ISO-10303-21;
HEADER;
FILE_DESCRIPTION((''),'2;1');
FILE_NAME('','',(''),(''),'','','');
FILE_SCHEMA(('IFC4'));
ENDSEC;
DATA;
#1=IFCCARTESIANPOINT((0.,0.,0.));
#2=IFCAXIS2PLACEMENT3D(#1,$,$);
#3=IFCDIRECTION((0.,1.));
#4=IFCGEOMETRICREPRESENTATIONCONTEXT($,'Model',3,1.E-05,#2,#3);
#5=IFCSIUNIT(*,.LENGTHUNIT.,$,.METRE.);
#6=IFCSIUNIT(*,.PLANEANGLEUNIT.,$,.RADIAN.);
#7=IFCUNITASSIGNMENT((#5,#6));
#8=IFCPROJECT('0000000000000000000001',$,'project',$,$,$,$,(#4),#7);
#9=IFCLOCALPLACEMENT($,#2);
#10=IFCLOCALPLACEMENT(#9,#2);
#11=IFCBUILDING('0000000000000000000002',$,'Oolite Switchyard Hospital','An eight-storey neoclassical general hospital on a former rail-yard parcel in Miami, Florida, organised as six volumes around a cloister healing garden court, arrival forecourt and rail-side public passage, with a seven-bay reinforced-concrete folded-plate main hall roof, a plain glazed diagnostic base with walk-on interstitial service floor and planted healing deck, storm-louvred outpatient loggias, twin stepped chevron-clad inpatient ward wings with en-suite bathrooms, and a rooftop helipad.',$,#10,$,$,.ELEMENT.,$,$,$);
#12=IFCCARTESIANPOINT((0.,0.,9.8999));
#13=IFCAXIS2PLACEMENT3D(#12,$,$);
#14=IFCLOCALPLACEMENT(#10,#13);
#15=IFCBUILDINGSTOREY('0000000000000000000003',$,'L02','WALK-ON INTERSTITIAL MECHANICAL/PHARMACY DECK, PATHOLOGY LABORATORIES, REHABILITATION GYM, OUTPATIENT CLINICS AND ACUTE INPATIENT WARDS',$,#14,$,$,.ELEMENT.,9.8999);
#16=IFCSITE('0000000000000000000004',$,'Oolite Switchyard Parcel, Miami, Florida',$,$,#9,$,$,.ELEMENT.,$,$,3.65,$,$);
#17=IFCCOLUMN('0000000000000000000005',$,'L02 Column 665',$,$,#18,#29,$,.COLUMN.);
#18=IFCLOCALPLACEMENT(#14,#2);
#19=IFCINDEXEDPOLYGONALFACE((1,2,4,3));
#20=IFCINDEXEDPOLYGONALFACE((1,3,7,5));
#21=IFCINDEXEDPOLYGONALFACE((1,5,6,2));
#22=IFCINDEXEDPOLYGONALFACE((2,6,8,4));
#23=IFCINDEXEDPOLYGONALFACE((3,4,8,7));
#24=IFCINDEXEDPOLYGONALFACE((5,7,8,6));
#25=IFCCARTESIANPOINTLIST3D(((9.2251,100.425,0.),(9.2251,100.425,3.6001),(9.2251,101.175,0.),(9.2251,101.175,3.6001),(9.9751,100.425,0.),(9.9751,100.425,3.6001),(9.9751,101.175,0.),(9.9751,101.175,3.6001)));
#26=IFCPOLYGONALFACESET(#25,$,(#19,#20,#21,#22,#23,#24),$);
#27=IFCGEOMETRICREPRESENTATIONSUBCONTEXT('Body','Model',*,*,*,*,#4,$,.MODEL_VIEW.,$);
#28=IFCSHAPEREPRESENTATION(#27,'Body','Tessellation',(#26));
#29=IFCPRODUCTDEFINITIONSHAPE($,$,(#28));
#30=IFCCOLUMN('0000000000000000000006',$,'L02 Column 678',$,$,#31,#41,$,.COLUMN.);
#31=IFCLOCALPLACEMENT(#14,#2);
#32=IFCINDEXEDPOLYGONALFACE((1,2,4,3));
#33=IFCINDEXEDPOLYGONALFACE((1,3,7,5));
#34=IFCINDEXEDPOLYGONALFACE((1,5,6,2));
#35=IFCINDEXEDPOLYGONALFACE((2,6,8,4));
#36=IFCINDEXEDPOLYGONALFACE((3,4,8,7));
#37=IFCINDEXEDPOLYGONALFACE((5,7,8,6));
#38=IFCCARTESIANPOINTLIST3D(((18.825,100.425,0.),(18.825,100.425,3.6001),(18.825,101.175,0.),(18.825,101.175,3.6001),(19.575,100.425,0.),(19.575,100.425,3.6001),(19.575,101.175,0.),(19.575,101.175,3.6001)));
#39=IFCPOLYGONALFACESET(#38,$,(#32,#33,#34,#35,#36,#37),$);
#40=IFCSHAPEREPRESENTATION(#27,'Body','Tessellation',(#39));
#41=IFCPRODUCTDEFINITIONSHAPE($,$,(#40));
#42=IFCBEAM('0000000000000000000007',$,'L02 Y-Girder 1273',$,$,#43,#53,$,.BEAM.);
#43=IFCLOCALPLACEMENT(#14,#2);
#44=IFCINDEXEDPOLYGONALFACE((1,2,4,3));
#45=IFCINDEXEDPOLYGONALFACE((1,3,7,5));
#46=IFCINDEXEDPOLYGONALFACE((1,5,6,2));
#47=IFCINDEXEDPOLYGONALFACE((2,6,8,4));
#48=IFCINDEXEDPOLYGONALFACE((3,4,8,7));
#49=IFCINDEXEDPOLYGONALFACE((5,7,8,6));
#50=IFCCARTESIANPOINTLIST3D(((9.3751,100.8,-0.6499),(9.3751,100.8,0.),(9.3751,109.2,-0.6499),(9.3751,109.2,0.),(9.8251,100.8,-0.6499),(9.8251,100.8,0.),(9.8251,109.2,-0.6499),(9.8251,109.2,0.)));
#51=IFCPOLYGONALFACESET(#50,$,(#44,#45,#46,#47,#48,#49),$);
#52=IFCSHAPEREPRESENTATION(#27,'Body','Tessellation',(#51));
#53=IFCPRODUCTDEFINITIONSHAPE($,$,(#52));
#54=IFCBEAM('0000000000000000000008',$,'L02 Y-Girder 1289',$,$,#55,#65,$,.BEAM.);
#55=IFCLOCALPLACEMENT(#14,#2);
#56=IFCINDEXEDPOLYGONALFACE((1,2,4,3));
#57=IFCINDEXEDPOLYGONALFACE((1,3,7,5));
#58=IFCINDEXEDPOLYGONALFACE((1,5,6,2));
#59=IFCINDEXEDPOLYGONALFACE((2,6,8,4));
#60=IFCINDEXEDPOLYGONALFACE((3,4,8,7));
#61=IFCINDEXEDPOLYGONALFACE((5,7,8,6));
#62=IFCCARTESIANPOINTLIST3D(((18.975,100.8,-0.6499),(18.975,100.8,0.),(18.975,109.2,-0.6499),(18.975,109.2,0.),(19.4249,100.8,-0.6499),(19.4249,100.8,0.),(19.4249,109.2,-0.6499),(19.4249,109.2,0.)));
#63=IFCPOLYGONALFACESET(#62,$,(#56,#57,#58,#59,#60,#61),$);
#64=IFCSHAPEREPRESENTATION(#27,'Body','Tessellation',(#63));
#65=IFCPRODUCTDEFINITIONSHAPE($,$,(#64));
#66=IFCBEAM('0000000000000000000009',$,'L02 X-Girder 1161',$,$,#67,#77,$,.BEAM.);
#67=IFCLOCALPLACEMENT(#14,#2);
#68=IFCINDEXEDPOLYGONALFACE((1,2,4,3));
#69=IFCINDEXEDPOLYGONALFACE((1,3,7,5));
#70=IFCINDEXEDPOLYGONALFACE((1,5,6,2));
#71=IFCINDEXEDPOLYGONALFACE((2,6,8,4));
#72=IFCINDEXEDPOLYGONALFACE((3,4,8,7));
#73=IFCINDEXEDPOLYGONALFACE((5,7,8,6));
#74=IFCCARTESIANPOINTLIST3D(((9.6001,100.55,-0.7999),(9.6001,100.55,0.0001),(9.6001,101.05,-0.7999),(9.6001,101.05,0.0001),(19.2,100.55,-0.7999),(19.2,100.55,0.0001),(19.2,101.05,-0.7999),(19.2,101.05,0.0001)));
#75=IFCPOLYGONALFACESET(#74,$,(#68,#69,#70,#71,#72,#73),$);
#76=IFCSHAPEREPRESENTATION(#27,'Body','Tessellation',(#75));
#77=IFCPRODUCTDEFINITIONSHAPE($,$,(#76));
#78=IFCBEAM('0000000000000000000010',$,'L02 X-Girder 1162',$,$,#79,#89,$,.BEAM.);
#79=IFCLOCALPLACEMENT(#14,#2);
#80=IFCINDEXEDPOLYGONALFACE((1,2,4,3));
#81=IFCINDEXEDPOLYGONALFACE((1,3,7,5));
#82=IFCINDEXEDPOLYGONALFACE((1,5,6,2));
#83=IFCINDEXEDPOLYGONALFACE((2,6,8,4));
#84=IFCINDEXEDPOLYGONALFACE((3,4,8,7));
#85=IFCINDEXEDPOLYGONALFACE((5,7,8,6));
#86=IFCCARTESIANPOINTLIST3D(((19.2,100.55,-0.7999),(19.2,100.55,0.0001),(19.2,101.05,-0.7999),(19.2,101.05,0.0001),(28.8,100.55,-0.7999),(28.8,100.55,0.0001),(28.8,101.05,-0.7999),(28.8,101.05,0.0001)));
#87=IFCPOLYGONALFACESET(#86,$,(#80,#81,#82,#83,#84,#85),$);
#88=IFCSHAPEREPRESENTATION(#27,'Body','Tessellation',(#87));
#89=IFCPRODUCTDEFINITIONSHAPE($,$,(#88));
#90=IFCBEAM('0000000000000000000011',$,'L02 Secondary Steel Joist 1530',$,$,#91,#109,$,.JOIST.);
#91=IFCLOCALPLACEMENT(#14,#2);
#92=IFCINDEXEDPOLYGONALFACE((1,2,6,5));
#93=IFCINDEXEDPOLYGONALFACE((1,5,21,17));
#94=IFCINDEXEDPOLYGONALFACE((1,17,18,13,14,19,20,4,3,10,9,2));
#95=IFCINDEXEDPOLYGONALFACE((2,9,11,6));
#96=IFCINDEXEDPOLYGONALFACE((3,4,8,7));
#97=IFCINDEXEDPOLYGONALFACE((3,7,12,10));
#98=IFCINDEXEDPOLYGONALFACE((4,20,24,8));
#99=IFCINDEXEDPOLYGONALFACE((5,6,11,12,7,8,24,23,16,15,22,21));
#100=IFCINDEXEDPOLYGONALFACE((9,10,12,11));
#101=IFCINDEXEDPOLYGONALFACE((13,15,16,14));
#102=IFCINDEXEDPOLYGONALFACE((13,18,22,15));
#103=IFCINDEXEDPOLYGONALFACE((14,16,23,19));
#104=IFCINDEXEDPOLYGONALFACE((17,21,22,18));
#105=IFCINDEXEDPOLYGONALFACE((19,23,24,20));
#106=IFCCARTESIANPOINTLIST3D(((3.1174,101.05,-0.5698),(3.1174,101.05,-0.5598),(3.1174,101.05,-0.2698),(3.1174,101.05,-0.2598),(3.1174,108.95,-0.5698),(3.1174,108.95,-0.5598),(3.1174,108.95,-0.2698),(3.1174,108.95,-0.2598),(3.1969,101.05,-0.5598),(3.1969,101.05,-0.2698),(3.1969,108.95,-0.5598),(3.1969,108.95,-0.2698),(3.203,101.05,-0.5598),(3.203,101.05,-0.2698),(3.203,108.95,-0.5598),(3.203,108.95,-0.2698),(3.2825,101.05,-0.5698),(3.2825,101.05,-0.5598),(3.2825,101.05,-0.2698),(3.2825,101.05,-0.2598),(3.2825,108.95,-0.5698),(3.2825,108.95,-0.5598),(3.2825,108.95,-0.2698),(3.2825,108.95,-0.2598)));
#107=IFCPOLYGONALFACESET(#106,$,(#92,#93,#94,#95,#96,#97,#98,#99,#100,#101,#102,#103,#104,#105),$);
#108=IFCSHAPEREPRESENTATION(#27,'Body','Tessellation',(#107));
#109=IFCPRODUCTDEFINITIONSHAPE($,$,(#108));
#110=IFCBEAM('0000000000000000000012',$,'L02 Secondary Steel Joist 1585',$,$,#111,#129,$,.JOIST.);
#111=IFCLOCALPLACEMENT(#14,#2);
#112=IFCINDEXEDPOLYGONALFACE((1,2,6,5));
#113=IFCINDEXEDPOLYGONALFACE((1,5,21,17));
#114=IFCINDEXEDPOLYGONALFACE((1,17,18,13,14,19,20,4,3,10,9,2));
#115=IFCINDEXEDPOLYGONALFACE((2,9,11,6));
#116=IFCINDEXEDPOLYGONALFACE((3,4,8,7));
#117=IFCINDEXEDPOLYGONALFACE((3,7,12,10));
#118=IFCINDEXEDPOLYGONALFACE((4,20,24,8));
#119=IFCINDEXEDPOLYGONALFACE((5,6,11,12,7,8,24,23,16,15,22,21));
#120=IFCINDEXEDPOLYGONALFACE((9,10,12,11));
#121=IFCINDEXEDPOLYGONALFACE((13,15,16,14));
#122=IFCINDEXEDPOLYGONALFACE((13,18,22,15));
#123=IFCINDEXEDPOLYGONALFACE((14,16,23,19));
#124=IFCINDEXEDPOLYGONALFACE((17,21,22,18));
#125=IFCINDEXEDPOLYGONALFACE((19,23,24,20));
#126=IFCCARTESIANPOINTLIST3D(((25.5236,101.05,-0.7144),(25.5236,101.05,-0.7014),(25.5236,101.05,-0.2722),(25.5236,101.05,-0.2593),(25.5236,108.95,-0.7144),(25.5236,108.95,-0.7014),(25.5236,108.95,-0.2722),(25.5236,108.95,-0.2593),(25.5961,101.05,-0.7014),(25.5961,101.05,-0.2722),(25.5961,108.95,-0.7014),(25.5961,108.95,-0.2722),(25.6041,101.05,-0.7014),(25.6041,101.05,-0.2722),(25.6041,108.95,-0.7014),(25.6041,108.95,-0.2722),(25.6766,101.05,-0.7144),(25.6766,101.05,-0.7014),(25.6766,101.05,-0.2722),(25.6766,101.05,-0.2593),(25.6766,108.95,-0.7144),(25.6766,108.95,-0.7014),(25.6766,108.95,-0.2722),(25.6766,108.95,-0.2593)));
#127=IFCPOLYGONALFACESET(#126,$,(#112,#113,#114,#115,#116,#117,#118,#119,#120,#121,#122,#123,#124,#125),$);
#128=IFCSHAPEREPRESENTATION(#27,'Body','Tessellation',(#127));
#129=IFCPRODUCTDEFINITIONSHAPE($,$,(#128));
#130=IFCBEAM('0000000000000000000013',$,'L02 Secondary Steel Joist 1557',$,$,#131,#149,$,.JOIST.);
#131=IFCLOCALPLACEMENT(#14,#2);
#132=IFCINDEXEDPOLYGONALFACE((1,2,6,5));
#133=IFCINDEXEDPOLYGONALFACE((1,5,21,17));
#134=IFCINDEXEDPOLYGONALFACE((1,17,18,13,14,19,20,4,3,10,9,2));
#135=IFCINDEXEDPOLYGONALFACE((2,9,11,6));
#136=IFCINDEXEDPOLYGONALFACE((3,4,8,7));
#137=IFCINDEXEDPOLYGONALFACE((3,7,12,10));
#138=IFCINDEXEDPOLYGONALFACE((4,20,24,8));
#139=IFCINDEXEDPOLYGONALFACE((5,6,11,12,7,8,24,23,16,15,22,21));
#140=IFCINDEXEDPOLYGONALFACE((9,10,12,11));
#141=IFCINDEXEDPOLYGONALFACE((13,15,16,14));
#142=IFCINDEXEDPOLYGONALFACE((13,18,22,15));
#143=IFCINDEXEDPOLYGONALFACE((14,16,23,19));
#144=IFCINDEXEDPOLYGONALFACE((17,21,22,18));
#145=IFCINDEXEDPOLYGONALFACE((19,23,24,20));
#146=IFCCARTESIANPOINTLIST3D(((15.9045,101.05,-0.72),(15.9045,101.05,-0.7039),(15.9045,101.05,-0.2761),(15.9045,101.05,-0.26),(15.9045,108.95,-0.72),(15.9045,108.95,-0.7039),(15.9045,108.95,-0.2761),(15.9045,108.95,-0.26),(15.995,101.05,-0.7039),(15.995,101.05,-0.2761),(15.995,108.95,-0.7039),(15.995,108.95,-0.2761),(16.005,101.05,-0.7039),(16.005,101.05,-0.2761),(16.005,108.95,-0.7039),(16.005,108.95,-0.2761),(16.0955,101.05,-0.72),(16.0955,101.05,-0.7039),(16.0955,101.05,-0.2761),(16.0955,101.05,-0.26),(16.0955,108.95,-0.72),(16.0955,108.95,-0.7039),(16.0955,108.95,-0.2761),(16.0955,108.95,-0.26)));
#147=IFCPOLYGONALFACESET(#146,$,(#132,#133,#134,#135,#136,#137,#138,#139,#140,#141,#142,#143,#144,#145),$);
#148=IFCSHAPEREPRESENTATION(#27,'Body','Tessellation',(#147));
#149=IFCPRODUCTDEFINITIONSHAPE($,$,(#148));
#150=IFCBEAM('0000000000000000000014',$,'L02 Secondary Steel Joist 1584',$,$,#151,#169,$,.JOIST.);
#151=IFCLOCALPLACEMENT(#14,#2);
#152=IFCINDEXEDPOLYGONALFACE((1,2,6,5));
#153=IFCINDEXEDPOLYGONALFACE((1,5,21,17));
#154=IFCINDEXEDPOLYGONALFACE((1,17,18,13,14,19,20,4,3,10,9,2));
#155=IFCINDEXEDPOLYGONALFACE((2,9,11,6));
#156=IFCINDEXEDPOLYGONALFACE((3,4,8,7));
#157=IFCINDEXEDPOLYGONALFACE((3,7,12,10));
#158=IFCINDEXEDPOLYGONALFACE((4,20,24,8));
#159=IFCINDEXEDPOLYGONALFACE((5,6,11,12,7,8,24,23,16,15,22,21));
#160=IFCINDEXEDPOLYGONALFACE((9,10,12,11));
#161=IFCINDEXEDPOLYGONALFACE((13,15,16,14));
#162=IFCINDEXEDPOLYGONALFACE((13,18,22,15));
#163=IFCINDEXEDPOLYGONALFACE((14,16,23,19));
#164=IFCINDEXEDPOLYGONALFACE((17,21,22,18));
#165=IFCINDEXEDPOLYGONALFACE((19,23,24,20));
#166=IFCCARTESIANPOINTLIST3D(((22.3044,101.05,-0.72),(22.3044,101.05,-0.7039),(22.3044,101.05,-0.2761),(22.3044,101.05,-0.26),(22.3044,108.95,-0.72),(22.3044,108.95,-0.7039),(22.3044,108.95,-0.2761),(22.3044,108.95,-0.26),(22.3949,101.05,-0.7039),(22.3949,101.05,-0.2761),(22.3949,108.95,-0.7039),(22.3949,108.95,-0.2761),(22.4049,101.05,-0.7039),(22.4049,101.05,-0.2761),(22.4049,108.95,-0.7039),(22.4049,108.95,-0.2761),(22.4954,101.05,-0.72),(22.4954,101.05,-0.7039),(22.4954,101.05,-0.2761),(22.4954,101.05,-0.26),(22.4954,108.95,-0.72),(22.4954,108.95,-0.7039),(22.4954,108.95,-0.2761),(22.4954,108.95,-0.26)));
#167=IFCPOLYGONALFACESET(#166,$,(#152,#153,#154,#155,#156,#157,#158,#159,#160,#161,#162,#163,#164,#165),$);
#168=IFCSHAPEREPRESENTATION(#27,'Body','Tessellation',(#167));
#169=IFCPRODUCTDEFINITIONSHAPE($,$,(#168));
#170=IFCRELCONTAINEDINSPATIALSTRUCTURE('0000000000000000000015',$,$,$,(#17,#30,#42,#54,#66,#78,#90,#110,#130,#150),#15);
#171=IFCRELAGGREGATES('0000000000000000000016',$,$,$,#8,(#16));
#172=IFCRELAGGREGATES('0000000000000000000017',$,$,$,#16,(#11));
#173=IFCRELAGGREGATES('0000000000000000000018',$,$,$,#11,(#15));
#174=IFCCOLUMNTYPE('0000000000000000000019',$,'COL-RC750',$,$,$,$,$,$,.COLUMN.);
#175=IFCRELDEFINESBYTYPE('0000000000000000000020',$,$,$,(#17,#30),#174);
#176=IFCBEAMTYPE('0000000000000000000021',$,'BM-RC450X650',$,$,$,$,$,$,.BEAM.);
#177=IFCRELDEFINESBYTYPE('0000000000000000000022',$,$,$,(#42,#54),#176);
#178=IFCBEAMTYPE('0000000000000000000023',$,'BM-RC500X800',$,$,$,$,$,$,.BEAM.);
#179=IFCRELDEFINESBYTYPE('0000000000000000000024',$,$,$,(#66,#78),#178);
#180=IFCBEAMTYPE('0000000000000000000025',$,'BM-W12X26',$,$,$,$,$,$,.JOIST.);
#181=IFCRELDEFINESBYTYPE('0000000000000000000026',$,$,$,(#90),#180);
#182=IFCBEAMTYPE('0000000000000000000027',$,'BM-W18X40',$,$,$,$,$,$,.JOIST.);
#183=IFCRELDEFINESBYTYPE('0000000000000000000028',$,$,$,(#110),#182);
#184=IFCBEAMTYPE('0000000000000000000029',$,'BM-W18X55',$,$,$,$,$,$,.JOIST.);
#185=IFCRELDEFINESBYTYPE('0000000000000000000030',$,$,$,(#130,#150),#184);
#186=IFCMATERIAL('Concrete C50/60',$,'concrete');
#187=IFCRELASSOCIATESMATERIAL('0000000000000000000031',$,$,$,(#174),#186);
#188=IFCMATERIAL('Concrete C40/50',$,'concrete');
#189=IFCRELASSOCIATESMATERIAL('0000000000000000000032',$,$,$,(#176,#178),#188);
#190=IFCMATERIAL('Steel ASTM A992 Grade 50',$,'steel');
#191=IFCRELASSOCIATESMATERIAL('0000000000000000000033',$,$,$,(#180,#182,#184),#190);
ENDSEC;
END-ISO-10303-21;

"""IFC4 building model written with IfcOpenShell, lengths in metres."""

from ifc_helpers import new_model, si_unit, direction, frame, origin, origin_2d, place, context, subcontext, project, spatial, rectangle, i_section, extrude, material, material_profile, profile_set, type_object, element, save


model = new_model("IFC4")

# Units and contexts
model_context = context("Model", 3, precision=1e-05, world=origin(), true_north=direction((0.0, 1.0)))
body_context = subcontext(model_context, "Body", "Model", "MODEL_VIEW")
ifc_project = project(units=[si_unit("LENGTHUNIT", "METRE"), si_unit("PLANEANGLEUNIT", "RADIAN")], contexts=[model_context])

# Site, building, storey
site_placement = place(None, origin())
site = spatial("IfcSite", under=ifc_project, at=site_placement, Name="Oolite Switchyard Parcel, Miami, Florida", CompositionType="ELEMENT", RefElevation=3.65)
building_placement = place(site_placement, origin())
building = spatial("IfcBuilding", under=site, at=building_placement, Name="Oolite Switchyard Hospital", Description="An eight-storey neoclassical general hospital on a former rail-yard parcel in Miami, Florida, organised as six volumes around a cloister healing garden court, arrival forecourt and rail-side public passage, with a seven-bay reinforced-concrete folded-plate main hall roof, a plain glazed diagnostic base with walk-on interstitial service floor and planted healing deck, storm-louvred outpatient loggias, twin stepped chevron-clad inpatient ward wings with en-suite bathrooms, and a rooftop helipad.", CompositionType="ELEMENT")
storey_placement = place(building_placement, frame((0.0, 0.0, 9.8999)))
storey = spatial("IfcBuildingStorey", under=building, at=storey_placement, Name="L02", Description="WALK-ON INTERSTITIAL MECHANICAL/PHARMACY DECK, PATHOLOGY LABORATORIES, REHABILITATION GYM, OUTPATIENT CLINICS AND ACUTE INPATIENT WARDS", CompositionType="ELEMENT", Elevation=9.8999)

# Columns
ifc_material_1 = material(Name="Concrete C50/60", Category="concrete")
ifc_material_profile_1 = material_profile(ifc_material_1, rectangle(XDim=0.75, YDim=0.75, at=origin_2d()), Name="RC750X750")
ifc_profile_set_1 = profile_set([ifc_material_profile_1], Name="Concrete C50/60")
column_type = type_object("IfcColumnType", Name="COL-RC750", PredefinedType="COLUMN", material=ifc_profile_set_1)
for number, where, z_axis, x_axis, name in (
    (1, (9.6001, 100.8, 0.0), (0.0, 0.0, 1.0), (1.0, 0.0, 0.0), "L02 Column 665"),
    (2, (19.2, 100.8, 0.0), (0.0, 0.0, 1.0), (1.0, 0.0, 0.0), "L02 Column 678"),
):
    element("IfcColumn", number, at=place(storey_placement, frame(where, z_axis=z_axis, x_axis=x_axis)), inside=storey, type_object=column_type, Name=name, PredefinedType="COLUMN", context=body_context, shape_type="SweptSolid", body=[
        extrude(rectangle(XDim=0.75, YDim=0.75, at=origin_2d()), origin(), (0.0, 0.0, 1.0), 3.6001),
    ])

# Beams
ifc_material_2 = material(Name="Concrete C40/50", Category="concrete")
ifc_material_profile_2 = material_profile(ifc_material_2, rectangle(XDim=0.45, YDim=0.6499, at=origin_2d()), Name="RCB450X650")
ifc_profile_set_2 = profile_set([ifc_material_profile_2], Name="Concrete C40/50")
beam_type_1 = type_object("IfcBeamType", Name="BM-RC450X650", PredefinedType="BEAM", material=ifc_profile_set_2)
for number, where, z_axis, x_axis, name in (
    (3, (9.6001, 100.8, -0.325), (0.0, 1.0, 0.0), (-1.0, 0.0, 0.0), "L02 Y-Girder 1273"),
    (4, (19.2, 100.8, -0.325), (0.0, 1.0, 0.0), (-1.0, 0.0, 0.0), "L02 Y-Girder 1289"),
):
    element("IfcBeam", number, at=place(storey_placement, frame(where, z_axis=z_axis, x_axis=x_axis)), inside=storey, type_object=beam_type_1, Name=name, PredefinedType="BEAM", context=body_context, shape_type="SweptSolid", body=[
        extrude(rectangle(XDim=0.45, YDim=0.6499, at=origin_2d()), origin(), (0.0, 0.0, 1.0), 8.3999),
    ])
ifc_material_profile_3 = material_profile(ifc_material_2, rectangle(XDim=0.5, YDim=0.8, at=origin_2d()), Name="RCB500X800")
ifc_profile_set_3 = profile_set([ifc_material_profile_3], Name="Concrete C40/50")
beam_type_2 = type_object("IfcBeamType", Name="BM-RC500X800", PredefinedType="BEAM", material=ifc_profile_set_3)
beam_1_placement = place(storey_placement, frame((9.6001, 100.8, -0.3999), z_axis=(1.0, 0.0, 0.0), x_axis=(0.0, 1.0, 0.0)))
element("IfcBeam", 5, at=beam_1_placement, inside=storey, type_object=beam_type_2, Name="L02 X-Girder 1161", PredefinedType="BEAM", context=body_context, shape_type="SweptSolid", body=[
    extrude(rectangle(XDim=0.5, YDim=0.8, at=origin_2d()), origin(), (0.0, 0.0, 1.0), 9.5999),
])
beam_2_placement = place(storey_placement, frame((19.2, 100.8, -0.3999), z_axis=(1.0, 0.0, 0.0), x_axis=(0.0, 1.0, 0.0)))
element("IfcBeam", 6, at=beam_2_placement, inside=storey, type_object=beam_type_2, Name="L02 X-Girder 1162", PredefinedType="BEAM", context=body_context, shape_type="SweptSolid", body=[
    extrude(rectangle(XDim=0.5, YDim=0.8, at=origin_2d()), origin(), (0.0, 0.0, 1.0), 9.6001),
])
ifc_material_3 = material(Name="Steel ASTM A992 Grade 50", Category="steel")
ifc_material_profile_4 = material_profile(ifc_material_3, i_section(OverallWidth=0.165, OverallDepth=0.3101, WebThickness=0.0061, FlangeThickness=0.01, at=origin_2d()), Name="W12X26")
ifc_profile_set_4 = profile_set([ifc_material_profile_4], Name="Steel ASTM A992 Grade 50")
beam_type_3 = type_object("IfcBeamType", Name="BM-W12X26", PredefinedType="JOIST", material=ifc_profile_set_4)
beam_3_placement = place(storey_placement, frame((3.2, 101.05, -0.4148), z_axis=(0.0, 1.0, 0.0), x_axis=(-1.0, 0.0, 0.0)))
element("IfcBeam", 7, at=beam_3_placement, inside=storey, type_object=beam_type_3, Name="L02 Secondary Steel Joist 1530", PredefinedType="JOIST", context=body_context, shape_type="SweptSolid", body=[
    extrude(i_section(OverallWidth=0.165, OverallDepth=0.3101, WebThickness=0.0061, FlangeThickness=0.01, at=origin_2d()), origin(), (0.0, 0.0, 1.0), 7.8999),
])
ifc_material_profile_5 = material_profile(ifc_material_3, i_section(OverallWidth=0.1531, OverallDepth=0.4551, WebThickness=0.0081, FlangeThickness=0.0129, at=origin_2d()), Name="W18X40")
ifc_profile_set_5 = profile_set([ifc_material_profile_5], Name="Steel ASTM A992 Grade 50")
beam_type_4 = type_object("IfcBeamType", Name="BM-W18X40", PredefinedType="JOIST", material=ifc_profile_set_5)
beam_4_placement = place(storey_placement, frame((25.6001, 101.05, -0.4868), z_axis=(0.0, 1.0, 0.0), x_axis=(-1.0, 0.0, 0.0)))
element("IfcBeam", 8, at=beam_4_placement, inside=storey, type_object=beam_type_4, Name="L02 Secondary Steel Joist 1585", PredefinedType="JOIST", context=body_context, shape_type="SweptSolid", body=[
    extrude(i_section(OverallWidth=0.1531, OverallDepth=0.4551, WebThickness=0.0081, FlangeThickness=0.0129, at=origin_2d()), origin(), (0.0, 0.0, 1.0), 7.8999),
])
ifc_material_profile_6 = material_profile(ifc_material_3, i_section(OverallWidth=0.1909, OverallDepth=0.46, WebThickness=0.01, FlangeThickness=0.0161, at=origin_2d()), Name="W18X55")
ifc_profile_set_6 = profile_set([ifc_material_profile_6], Name="Steel ASTM A992 Grade 50")
beam_type_5 = type_object("IfcBeamType", Name="BM-W18X55", PredefinedType="JOIST", material=ifc_profile_set_6)
for number, where, z_axis, x_axis, name in (
    (9, (16.0, 101.05, -0.49), (0.0, 1.0, 0.0), (-1.0, 0.0, 0.0), "L02 Secondary Steel Joist 1557"),
    (10, (22.3999, 101.05, -0.49), (0.0, 1.0, 0.0), (-1.0, 0.0, 0.0), "L02 Secondary Steel Joist 1584"),
):
    element("IfcBeam", number, at=place(storey_placement, frame(where, z_axis=z_axis, x_axis=x_axis)), inside=storey, type_object=beam_type_5, Name=name, PredefinedType="JOIST", context=body_context, shape_type="SweptSolid", body=[
        extrude(i_section(OverallWidth=0.1909, OverallDepth=0.46, WebThickness=0.01, FlangeThickness=0.0161, at=origin_2d()), origin(), (0.0, 0.0, 1.0), 7.8999),
    ])

save(model, "model.ifc")
